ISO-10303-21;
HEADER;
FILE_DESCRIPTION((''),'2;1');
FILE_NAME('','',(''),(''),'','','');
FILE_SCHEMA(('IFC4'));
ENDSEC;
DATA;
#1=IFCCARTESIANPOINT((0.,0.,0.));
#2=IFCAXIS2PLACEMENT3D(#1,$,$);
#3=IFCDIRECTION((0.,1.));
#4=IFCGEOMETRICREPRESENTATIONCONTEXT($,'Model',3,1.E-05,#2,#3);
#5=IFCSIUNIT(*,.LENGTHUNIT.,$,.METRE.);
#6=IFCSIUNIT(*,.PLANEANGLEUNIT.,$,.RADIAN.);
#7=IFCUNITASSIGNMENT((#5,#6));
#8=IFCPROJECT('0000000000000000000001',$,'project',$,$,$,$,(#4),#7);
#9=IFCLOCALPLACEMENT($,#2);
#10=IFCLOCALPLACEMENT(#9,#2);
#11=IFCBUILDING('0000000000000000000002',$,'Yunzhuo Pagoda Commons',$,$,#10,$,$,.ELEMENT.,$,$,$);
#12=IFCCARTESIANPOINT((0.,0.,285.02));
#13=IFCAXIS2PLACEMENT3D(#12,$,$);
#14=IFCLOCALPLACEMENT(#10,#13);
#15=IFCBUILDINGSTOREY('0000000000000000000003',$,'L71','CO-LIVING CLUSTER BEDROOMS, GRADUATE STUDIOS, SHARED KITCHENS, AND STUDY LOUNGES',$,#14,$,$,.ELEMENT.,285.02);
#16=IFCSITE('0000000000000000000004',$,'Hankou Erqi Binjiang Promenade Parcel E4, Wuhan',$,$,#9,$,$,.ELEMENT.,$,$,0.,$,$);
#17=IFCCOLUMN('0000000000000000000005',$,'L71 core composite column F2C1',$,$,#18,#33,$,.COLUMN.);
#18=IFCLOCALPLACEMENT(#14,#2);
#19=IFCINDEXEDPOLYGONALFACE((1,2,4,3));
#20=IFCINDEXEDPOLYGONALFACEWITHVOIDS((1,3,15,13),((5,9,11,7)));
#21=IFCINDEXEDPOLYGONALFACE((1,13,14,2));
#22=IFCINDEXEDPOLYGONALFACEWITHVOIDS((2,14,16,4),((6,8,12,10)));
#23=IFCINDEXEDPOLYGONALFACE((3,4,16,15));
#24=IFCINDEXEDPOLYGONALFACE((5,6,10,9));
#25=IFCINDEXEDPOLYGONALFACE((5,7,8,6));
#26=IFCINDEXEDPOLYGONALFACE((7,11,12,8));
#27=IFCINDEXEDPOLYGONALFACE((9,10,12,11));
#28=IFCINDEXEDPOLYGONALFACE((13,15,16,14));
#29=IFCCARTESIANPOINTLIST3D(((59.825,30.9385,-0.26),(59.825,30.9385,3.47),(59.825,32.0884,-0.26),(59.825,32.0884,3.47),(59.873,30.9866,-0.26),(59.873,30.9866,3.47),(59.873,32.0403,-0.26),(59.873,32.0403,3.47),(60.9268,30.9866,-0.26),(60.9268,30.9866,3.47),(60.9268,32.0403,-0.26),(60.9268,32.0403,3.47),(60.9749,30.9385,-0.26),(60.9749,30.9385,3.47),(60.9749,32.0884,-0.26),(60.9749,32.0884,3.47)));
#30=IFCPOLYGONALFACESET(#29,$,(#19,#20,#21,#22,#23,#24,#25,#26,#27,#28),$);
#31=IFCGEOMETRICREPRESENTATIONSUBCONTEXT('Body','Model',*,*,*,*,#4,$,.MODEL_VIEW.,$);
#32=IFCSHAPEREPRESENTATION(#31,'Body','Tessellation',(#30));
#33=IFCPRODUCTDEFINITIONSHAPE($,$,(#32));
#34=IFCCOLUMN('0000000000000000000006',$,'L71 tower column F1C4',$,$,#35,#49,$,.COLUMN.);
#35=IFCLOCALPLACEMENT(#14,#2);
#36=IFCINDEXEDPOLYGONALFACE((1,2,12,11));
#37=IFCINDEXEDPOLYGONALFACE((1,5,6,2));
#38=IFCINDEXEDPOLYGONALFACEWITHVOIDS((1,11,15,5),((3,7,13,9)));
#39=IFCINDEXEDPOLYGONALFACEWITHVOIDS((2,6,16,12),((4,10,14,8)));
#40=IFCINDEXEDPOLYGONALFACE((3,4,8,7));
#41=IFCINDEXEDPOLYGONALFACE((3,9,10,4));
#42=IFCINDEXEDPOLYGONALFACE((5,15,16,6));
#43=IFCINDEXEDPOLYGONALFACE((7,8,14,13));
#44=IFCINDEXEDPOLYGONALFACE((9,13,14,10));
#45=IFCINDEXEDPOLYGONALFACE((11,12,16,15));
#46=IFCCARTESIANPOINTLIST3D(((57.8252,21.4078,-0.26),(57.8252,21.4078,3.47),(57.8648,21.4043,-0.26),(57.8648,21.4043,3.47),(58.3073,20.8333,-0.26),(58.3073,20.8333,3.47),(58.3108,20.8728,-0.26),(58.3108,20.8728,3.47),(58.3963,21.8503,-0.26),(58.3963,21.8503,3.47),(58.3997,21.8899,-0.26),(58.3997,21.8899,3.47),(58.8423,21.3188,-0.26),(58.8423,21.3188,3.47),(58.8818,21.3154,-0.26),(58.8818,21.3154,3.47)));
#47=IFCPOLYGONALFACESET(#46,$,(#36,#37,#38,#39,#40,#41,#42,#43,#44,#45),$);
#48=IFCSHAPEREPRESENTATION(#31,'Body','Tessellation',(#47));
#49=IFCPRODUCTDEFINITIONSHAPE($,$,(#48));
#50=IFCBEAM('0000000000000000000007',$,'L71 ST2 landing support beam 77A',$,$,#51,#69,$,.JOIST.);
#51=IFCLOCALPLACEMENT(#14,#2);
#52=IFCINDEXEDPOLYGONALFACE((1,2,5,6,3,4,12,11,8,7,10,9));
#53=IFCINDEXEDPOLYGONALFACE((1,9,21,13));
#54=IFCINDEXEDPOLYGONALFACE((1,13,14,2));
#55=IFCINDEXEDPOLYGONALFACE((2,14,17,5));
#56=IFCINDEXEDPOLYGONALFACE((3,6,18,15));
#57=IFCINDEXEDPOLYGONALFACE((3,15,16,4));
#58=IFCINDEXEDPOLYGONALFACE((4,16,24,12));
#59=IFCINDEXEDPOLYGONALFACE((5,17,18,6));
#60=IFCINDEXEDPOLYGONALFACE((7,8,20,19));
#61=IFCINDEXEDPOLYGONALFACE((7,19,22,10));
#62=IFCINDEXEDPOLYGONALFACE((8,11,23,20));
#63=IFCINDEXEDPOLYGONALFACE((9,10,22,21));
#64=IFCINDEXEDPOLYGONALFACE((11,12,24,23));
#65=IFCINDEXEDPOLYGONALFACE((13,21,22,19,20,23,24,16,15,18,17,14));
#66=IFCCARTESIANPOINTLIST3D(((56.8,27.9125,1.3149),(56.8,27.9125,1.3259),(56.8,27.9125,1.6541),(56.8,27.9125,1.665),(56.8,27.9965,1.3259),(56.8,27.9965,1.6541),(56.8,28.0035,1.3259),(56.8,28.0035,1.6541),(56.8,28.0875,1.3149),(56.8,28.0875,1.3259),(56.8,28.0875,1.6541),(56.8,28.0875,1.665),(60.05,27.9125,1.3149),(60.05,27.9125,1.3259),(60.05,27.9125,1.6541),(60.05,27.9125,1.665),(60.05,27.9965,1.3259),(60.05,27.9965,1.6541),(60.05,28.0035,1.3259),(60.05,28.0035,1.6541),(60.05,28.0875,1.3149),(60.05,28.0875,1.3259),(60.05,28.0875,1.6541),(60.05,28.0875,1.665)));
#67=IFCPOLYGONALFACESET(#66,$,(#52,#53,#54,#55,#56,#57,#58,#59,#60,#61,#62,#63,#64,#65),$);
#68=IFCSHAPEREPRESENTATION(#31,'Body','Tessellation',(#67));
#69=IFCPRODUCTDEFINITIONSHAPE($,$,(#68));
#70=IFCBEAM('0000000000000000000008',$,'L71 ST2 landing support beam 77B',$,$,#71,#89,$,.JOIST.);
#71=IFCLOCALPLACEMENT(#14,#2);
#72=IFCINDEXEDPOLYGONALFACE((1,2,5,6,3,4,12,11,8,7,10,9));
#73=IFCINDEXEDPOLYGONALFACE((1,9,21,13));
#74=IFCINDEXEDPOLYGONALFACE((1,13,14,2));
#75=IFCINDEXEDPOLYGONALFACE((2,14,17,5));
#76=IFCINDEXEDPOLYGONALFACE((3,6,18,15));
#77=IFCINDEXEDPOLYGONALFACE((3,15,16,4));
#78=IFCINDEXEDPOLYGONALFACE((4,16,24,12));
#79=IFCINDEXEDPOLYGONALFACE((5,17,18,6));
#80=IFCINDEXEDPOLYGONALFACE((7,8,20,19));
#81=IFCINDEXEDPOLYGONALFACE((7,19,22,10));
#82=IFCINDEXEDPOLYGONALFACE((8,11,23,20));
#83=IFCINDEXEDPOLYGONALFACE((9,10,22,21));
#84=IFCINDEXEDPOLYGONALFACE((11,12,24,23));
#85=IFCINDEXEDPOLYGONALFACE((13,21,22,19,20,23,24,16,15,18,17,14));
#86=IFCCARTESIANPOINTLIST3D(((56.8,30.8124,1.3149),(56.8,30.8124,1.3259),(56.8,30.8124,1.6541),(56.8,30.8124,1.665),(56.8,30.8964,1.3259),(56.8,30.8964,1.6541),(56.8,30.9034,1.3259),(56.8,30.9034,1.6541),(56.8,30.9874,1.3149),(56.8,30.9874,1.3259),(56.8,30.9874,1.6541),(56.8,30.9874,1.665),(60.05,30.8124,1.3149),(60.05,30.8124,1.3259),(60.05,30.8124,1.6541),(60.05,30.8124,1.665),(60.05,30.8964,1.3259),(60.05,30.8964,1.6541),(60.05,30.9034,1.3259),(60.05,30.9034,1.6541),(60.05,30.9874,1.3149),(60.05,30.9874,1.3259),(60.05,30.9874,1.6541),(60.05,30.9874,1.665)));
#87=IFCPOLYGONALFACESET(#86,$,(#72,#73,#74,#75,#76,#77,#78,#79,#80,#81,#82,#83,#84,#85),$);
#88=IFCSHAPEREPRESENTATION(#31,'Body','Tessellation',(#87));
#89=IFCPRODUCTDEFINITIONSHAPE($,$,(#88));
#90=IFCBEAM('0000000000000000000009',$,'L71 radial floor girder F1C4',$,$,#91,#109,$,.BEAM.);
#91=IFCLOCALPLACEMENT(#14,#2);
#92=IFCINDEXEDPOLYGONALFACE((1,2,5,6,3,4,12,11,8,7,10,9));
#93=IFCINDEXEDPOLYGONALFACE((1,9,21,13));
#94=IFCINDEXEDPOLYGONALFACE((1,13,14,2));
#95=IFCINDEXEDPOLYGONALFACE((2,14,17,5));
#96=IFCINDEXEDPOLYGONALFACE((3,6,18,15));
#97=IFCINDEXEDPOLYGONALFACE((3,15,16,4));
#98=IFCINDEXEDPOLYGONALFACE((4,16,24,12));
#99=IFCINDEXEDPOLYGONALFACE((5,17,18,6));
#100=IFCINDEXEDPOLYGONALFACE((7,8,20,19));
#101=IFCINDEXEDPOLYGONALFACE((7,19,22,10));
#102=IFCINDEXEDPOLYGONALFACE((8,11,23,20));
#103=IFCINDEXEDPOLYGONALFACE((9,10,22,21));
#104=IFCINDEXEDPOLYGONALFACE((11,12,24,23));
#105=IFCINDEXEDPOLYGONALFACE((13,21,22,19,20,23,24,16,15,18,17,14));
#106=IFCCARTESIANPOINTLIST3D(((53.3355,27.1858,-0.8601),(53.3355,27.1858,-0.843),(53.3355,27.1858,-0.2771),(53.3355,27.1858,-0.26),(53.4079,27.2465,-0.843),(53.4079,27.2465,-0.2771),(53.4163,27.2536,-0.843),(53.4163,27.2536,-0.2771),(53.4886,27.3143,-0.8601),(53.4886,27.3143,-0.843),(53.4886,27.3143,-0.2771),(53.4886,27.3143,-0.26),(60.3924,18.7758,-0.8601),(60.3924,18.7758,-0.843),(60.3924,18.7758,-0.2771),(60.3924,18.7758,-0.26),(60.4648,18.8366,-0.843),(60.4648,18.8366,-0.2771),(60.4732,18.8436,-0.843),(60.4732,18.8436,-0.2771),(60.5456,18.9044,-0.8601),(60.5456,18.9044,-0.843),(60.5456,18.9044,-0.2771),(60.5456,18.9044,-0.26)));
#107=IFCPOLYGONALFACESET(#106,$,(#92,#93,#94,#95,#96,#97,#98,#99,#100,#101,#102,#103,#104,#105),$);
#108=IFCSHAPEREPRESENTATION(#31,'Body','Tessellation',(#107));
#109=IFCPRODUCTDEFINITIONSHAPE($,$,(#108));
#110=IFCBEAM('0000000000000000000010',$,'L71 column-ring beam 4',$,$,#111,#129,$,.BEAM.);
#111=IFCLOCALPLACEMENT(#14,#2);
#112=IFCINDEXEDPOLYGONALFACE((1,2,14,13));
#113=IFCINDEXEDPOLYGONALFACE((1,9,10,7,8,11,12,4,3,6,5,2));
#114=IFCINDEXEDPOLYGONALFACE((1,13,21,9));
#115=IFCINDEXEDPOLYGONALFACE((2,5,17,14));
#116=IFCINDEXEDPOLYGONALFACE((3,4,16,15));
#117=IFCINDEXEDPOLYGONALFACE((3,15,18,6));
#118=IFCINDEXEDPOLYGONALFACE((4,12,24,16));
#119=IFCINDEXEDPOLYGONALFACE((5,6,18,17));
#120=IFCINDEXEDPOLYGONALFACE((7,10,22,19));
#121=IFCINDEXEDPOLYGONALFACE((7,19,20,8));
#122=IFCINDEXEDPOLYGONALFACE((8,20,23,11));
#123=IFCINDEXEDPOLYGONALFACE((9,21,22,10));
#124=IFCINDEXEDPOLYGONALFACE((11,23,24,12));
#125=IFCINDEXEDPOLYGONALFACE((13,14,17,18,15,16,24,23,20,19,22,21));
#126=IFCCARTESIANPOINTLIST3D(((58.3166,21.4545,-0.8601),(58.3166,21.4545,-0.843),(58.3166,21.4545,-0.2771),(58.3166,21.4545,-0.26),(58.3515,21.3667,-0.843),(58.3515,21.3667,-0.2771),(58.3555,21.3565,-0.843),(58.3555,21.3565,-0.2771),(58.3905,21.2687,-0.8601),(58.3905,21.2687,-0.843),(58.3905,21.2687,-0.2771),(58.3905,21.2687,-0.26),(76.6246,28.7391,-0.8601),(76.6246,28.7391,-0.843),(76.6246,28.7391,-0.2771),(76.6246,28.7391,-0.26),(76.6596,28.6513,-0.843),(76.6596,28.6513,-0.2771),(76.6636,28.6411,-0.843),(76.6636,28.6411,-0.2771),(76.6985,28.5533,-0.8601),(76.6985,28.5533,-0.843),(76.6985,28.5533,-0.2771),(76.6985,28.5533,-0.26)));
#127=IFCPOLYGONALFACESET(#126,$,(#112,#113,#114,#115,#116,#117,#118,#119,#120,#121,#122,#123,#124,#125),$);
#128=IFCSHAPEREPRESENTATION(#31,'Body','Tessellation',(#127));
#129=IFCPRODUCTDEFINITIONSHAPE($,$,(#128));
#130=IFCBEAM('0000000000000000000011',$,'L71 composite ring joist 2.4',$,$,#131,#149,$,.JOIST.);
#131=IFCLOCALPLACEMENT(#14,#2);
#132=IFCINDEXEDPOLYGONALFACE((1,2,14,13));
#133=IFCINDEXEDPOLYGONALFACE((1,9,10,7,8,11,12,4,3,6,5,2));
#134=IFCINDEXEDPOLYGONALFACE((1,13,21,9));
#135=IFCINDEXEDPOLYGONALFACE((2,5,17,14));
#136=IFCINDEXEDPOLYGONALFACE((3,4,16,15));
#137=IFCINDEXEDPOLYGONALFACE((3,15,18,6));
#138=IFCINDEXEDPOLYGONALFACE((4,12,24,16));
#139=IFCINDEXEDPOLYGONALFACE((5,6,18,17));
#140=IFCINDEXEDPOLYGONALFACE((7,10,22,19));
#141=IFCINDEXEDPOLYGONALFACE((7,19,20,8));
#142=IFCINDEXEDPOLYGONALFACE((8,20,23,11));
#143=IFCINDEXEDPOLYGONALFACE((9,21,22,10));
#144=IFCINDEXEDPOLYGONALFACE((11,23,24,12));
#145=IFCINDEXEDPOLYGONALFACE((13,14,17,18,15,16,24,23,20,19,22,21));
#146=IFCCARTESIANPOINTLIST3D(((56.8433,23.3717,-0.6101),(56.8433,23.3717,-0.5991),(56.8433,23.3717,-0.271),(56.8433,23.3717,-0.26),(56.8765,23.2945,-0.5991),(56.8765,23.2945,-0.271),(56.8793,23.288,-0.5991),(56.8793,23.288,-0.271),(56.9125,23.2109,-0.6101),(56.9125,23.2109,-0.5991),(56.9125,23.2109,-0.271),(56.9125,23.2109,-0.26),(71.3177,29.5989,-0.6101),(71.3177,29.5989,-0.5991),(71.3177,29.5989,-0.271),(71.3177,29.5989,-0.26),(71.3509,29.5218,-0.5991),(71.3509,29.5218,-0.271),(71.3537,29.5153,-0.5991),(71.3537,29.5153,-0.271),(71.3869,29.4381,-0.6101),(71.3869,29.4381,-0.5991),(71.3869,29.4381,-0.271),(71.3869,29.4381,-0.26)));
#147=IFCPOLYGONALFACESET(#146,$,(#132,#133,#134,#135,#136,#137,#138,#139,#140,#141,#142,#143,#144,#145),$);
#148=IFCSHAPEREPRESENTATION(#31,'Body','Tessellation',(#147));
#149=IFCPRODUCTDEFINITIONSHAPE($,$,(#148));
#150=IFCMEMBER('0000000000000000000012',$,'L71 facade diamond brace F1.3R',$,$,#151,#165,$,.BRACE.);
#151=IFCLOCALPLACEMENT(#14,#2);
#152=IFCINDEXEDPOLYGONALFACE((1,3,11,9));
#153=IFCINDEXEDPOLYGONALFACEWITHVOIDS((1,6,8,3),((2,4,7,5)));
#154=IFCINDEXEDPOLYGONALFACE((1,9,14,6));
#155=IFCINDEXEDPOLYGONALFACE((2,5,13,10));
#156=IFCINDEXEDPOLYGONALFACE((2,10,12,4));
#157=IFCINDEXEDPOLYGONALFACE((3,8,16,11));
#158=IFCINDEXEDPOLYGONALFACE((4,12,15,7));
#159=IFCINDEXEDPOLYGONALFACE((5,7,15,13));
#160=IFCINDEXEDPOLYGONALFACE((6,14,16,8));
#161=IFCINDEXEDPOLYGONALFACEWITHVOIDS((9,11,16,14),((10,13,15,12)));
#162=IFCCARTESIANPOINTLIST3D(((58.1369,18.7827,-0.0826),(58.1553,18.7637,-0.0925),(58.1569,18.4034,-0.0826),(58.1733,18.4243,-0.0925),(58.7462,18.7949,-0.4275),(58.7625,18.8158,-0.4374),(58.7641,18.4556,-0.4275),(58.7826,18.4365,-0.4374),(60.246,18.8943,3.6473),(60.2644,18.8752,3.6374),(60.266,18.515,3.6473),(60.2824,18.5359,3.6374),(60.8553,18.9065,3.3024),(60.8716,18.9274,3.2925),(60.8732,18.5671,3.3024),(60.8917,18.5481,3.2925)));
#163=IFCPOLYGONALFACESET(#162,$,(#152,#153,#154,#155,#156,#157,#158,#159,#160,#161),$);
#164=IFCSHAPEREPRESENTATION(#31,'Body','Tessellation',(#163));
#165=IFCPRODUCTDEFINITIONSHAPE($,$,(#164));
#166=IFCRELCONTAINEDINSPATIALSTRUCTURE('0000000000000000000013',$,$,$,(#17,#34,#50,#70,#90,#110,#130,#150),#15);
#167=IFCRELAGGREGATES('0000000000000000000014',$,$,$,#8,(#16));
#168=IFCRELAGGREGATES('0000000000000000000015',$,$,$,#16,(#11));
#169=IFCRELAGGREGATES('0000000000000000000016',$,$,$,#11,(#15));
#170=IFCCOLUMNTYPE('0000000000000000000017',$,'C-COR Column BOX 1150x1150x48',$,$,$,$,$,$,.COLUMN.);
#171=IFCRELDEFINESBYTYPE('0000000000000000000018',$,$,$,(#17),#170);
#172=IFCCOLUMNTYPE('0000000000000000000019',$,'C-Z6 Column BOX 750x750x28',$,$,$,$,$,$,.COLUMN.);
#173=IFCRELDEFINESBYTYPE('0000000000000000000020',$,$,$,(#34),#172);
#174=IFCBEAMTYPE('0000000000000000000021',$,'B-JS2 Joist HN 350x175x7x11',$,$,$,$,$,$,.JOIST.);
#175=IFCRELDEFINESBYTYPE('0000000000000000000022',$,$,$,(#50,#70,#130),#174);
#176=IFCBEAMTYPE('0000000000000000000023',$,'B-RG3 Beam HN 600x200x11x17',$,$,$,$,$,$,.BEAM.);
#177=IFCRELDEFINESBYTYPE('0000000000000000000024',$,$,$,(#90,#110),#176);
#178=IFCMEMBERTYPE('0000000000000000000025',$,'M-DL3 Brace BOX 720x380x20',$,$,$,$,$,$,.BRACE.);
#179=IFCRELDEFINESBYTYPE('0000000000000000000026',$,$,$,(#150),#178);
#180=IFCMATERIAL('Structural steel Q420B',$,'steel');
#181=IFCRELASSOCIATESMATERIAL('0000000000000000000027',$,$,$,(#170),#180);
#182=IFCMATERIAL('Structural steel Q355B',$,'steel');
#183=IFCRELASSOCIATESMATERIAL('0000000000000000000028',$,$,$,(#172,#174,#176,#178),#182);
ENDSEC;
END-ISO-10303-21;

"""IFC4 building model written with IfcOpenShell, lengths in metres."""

from ifc_helpers import new_model, si_unit, direction, frame, origin, origin_2d, place, context, subcontext, project, spatial, hollow_rectangle, i_section, extrude, source, transform, mapped, material, material_profile, profile_set, type_object, element, save


model = new_model("IFC4")

# Units and contexts
model_context = context("Model", 3, precision=1e-05, world=origin(), true_north=direction((0.0, 1.0)))
body_context = subcontext(model_context, "Body", "Model", "MODEL_VIEW")
ifc_project = project(units=[si_unit("LENGTHUNIT", "METRE"), si_unit("PLANEANGLEUNIT", "RADIAN")], contexts=[model_context])

# Site, building, storey
site_placement = place(None, origin())
site = spatial("IfcSite", under=ifc_project, at=site_placement, Name="Hankou Erqi Binjiang Promenade Parcel E4, Wuhan", CompositionType="ELEMENT", RefElevation=0.0)
building_placement = place(site_placement, origin())
building = spatial("IfcBuilding", under=site, at=building_placement, Name="Yunzhuo Pagoda Commons", CompositionType="ELEMENT")
storey_placement = place(building_placement, frame((0.0, 0.0, 285.02)))
storey = spatial("IfcBuildingStorey", under=building, at=storey_placement, Name="L71", Description="CO-LIVING CLUSTER BEDROOMS, GRADUATE STUDIOS, SHARED KITCHENS, AND STUDY LOUNGES", CompositionType="ELEMENT", Elevation=285.02)

# Columns
ifc_material_1 = material(Name="Structural steel Q420B", Category="steel")
ifc_material_profile_1 = material_profile(ifc_material_1, hollow_rectangle(XDim=1.1499, YDim=1.1499, WallThickness=0.0481, at=origin_2d()), Name="Structural steel Q420B")
ifc_profile_set_1 = profile_set([ifc_material_profile_1], Name="Structural steel Q420B")
column_type_1 = type_object("IfcColumnType", Name="C-COR Column BOX 1150x1150x48", PredefinedType="COLUMN", material=ifc_profile_set_1)
shared_shape_1 = source(origin(), body_context, "Body", "SweptSolid", [
    extrude(hollow_rectangle(XDim=1.1499, YDim=1.1499, WallThickness=0.0481, at=origin_2d()), origin(), (0.0, 0.0, 1.0), 3.73),
])
column_1_placement = place(storey_placement, frame((60.3999, 31.5134, -0.26), z_axis=(0.0, 0.0, 1.0), x_axis=(1.0, 0.0, 0.0)))
element("IfcColumn", 1, at=column_1_placement, inside=storey, type_object=column_type_1, Name="L71 core composite column F2C1", PredefinedType="COLUMN", context=body_context, shape_type="MappedRepresentation", body=[
    mapped(shared_shape_1, transform((0.0, 0.0, 0.0), scale=1.0)),
])
ifc_material_2 = material(Name="Structural steel Q355B", Category="steel")
ifc_material_profile_2 = material_profile(ifc_material_2, hollow_rectangle(XDim=0.75, YDim=0.75, WallThickness=0.0281, at=origin_2d()), Name="Structural steel Q355B")
ifc_profile_set_2 = profile_set([ifc_material_profile_2], Name="Structural steel Q355B")
column_type_2 = type_object("IfcColumnType", Name="C-Z6 Column BOX 750x750x28", PredefinedType="COLUMN", material=ifc_profile_set_2)
shared_shape_2 = source(origin(), body_context, "Body", "SweptSolid", [
    extrude(hollow_rectangle(XDim=0.75, YDim=0.75, WallThickness=0.0281, at=origin_2d()), origin(), (0.0, 0.0, 1.0), 3.73),
])
column_2_placement = place(storey_placement, frame((58.3535, 21.3616, -0.26), z_axis=(0.0, 0.0, 1.0), x_axis=(0.766044, 0.642788, 0.0)))
element("IfcColumn", 2, at=column_2_placement, inside=storey, type_object=column_type_2, Name="L71 tower column F1C4", PredefinedType="COLUMN", context=body_context, shape_type="MappedRepresentation", body=[
    mapped(shared_shape_2, transform((0.0, 0.0, 0.0), scale=1.0)),
])

# Beams
ifc_material_profile_3 = material_profile(ifc_material_2, i_section(OverallWidth=0.175, OverallDepth=0.3501, WebThickness=0.0071, FlangeThickness=0.011, at=origin_2d()), Name="Structural steel Q355B")
ifc_profile_set_3 = profile_set([ifc_material_profile_3], Name="Structural steel Q355B")
beam_type_1 = type_object("IfcBeamType", Name="B-JS2 Joist HN 350x175x7x11", PredefinedType="JOIST", material=ifc_profile_set_3)
shared_shape_3 = source(origin(), body_context, "Body", "SweptSolid", [
    extrude(i_section(OverallWidth=0.175, OverallDepth=0.3501, WebThickness=0.0071, FlangeThickness=0.011, at=origin_2d()), origin(), (0.0, 0.0, 1.0), 3.25),
])
for number, where, z_axis, x_axis, name in (
    (3, (56.8, 28.0, 1.49), (1.0, 0.0, 0.0), (0.0, 1.0, 0.0), "L71 ST2 landing support beam 77A"),
    (4, (56.8, 30.8999, 1.49), (1.0, 0.0, 0.0), (0.0, 1.0, 0.0), "L71 ST2 landing support beam 77B"),
):
    element("IfcBeam", number, at=place(storey_placement, frame(where, z_axis=z_axis, x_axis=x_axis)), inside=storey, type_object=beam_type_1, Name=name, PredefinedType="JOIST", context=body_context, shape_type="MappedRepresentation", body=[
        mapped(shared_shape_3, transform((0.0, 0.0, 0.0), scale=1.0)),
    ])
ifc_material_profile_4 = material_profile(ifc_material_2, i_section(OverallWidth=0.2, OverallDepth=0.6001, WebThickness=0.011, FlangeThickness=0.0171, at=origin_2d()), Name="Structural steel Q355B")
ifc_profile_set_4 = profile_set([ifc_material_profile_4], Name="Structural steel Q355B")
beam_type_2 = type_object("IfcBeamType", Name="B-RG3 Beam HN 600x200x11x17", PredefinedType="BEAM", material=ifc_profile_set_4)
shared_shape_4 = source(origin(), body_context, "Body", "SweptSolid", [
    extrude(i_section(OverallWidth=0.2, OverallDepth=0.6001, WebThickness=0.011, FlangeThickness=0.0171, at=origin_2d()), origin(), (0.0, 0.0, 1.0), 10.9785),
])
beam_1_placement = place(storey_placement, frame((60.469, 18.8401, -0.5601), z_axis=(-0.642795, 0.766039, 0.0), x_axis=(-0.766039, -0.642795, 0.0)))
element("IfcBeam", 5, at=beam_1_placement, inside=storey, type_object=beam_type_2, Name="L71 radial floor girder F1C4", PredefinedType="BEAM", context=body_context, shape_type="MappedRepresentation", body=[
    mapped(shared_shape_4, transform((0.0, 0.0, 0.0), scale=1.0)),
])
shared_shape_5 = source(origin(), body_context, "Body", "SweptSolid", [
    extrude(i_section(OverallWidth=0.2, OverallDepth=0.6001, WebThickness=0.011, FlangeThickness=0.0171, at=origin_2d()), origin(), (0.0, 0.0, 1.0), 19.7041),
])
beam_2_placement = place(storey_placement, frame((58.3535, 21.3616, -0.5601), z_axis=(0.92915, 0.369702, 0.0), x_axis=(-0.369702, 0.92915, 0.0)))
element("IfcBeam", 6, at=beam_2_placement, inside=storey, type_object=beam_type_2, Name="L71 column-ring beam 4", PredefinedType="BEAM", context=body_context, shape_type="MappedRepresentation", body=[
    mapped(shared_shape_5, transform((0.0, 0.0, 0.0), scale=1.0)),
])
shared_shape_6 = source(origin(), body_context, "Body", "SweptSolid", [
    extrude(i_section(OverallWidth=0.175, OverallDepth=0.3501, WebThickness=0.0071, FlangeThickness=0.011, at=origin_2d()), origin(), (0.0, 0.0, 1.0), 15.7571),
])
beam_3_placement = place(storey_placement, frame((56.8779, 23.2913, -0.4351), z_axis=(0.918593, 0.395205, 0.0), x_axis=(-0.395205, 0.918593, 0.0)))
element("IfcBeam", 7, at=beam_3_placement, inside=storey, type_object=beam_type_1, Name="L71 composite ring joist 2.4", PredefinedType="JOIST", context=body_context, shape_type="MappedRepresentation", body=[
    mapped(shared_shape_6, transform((0.0, 0.0, 0.0), scale=1.0)),
])

# Member
ifc_material_profile_5 = material_profile(ifc_material_2, hollow_rectangle(XDim=0.3799, YDim=0.72, WallThickness=0.02, at=origin_2d()), Name="Structural steel Q355B")
ifc_profile_set_5 = profile_set([ifc_material_profile_5], Name="Structural steel Q355B")
member_type_1 = type_object("IfcMemberType", Name="M-DL3 Brace BOX 720x380x20", PredefinedType="BRACE", material=ifc_profile_set_5)
shared_shape_7 = source(origin(), body_context, "Body", "SweptSolid", [
    extrude(hollow_rectangle(XDim=0.3799, YDim=0.72, WallThickness=0.02, at=origin_2d()), origin(), (0.0, 0.0, 1.0), 4.2864),
])
member_1_placement = place(storey_placement, frame((58.4597, 18.6096, -0.26), z_axis=(0.492046, 0.026029, 0.87018), x_axis=(-0.052826, 0.998604, 0.0)))
element("IfcMember", 8, at=member_1_placement, inside=storey, type_object=member_type_1, Name="L71 facade diamond brace F1.3R", PredefinedType="BRACE", context=body_context, shape_type="MappedRepresentation", body=[
    mapped(shared_shape_7, transform((0.0, 0.0, 0.0), scale=1.0)),
])

save(model, "model.ifc")
